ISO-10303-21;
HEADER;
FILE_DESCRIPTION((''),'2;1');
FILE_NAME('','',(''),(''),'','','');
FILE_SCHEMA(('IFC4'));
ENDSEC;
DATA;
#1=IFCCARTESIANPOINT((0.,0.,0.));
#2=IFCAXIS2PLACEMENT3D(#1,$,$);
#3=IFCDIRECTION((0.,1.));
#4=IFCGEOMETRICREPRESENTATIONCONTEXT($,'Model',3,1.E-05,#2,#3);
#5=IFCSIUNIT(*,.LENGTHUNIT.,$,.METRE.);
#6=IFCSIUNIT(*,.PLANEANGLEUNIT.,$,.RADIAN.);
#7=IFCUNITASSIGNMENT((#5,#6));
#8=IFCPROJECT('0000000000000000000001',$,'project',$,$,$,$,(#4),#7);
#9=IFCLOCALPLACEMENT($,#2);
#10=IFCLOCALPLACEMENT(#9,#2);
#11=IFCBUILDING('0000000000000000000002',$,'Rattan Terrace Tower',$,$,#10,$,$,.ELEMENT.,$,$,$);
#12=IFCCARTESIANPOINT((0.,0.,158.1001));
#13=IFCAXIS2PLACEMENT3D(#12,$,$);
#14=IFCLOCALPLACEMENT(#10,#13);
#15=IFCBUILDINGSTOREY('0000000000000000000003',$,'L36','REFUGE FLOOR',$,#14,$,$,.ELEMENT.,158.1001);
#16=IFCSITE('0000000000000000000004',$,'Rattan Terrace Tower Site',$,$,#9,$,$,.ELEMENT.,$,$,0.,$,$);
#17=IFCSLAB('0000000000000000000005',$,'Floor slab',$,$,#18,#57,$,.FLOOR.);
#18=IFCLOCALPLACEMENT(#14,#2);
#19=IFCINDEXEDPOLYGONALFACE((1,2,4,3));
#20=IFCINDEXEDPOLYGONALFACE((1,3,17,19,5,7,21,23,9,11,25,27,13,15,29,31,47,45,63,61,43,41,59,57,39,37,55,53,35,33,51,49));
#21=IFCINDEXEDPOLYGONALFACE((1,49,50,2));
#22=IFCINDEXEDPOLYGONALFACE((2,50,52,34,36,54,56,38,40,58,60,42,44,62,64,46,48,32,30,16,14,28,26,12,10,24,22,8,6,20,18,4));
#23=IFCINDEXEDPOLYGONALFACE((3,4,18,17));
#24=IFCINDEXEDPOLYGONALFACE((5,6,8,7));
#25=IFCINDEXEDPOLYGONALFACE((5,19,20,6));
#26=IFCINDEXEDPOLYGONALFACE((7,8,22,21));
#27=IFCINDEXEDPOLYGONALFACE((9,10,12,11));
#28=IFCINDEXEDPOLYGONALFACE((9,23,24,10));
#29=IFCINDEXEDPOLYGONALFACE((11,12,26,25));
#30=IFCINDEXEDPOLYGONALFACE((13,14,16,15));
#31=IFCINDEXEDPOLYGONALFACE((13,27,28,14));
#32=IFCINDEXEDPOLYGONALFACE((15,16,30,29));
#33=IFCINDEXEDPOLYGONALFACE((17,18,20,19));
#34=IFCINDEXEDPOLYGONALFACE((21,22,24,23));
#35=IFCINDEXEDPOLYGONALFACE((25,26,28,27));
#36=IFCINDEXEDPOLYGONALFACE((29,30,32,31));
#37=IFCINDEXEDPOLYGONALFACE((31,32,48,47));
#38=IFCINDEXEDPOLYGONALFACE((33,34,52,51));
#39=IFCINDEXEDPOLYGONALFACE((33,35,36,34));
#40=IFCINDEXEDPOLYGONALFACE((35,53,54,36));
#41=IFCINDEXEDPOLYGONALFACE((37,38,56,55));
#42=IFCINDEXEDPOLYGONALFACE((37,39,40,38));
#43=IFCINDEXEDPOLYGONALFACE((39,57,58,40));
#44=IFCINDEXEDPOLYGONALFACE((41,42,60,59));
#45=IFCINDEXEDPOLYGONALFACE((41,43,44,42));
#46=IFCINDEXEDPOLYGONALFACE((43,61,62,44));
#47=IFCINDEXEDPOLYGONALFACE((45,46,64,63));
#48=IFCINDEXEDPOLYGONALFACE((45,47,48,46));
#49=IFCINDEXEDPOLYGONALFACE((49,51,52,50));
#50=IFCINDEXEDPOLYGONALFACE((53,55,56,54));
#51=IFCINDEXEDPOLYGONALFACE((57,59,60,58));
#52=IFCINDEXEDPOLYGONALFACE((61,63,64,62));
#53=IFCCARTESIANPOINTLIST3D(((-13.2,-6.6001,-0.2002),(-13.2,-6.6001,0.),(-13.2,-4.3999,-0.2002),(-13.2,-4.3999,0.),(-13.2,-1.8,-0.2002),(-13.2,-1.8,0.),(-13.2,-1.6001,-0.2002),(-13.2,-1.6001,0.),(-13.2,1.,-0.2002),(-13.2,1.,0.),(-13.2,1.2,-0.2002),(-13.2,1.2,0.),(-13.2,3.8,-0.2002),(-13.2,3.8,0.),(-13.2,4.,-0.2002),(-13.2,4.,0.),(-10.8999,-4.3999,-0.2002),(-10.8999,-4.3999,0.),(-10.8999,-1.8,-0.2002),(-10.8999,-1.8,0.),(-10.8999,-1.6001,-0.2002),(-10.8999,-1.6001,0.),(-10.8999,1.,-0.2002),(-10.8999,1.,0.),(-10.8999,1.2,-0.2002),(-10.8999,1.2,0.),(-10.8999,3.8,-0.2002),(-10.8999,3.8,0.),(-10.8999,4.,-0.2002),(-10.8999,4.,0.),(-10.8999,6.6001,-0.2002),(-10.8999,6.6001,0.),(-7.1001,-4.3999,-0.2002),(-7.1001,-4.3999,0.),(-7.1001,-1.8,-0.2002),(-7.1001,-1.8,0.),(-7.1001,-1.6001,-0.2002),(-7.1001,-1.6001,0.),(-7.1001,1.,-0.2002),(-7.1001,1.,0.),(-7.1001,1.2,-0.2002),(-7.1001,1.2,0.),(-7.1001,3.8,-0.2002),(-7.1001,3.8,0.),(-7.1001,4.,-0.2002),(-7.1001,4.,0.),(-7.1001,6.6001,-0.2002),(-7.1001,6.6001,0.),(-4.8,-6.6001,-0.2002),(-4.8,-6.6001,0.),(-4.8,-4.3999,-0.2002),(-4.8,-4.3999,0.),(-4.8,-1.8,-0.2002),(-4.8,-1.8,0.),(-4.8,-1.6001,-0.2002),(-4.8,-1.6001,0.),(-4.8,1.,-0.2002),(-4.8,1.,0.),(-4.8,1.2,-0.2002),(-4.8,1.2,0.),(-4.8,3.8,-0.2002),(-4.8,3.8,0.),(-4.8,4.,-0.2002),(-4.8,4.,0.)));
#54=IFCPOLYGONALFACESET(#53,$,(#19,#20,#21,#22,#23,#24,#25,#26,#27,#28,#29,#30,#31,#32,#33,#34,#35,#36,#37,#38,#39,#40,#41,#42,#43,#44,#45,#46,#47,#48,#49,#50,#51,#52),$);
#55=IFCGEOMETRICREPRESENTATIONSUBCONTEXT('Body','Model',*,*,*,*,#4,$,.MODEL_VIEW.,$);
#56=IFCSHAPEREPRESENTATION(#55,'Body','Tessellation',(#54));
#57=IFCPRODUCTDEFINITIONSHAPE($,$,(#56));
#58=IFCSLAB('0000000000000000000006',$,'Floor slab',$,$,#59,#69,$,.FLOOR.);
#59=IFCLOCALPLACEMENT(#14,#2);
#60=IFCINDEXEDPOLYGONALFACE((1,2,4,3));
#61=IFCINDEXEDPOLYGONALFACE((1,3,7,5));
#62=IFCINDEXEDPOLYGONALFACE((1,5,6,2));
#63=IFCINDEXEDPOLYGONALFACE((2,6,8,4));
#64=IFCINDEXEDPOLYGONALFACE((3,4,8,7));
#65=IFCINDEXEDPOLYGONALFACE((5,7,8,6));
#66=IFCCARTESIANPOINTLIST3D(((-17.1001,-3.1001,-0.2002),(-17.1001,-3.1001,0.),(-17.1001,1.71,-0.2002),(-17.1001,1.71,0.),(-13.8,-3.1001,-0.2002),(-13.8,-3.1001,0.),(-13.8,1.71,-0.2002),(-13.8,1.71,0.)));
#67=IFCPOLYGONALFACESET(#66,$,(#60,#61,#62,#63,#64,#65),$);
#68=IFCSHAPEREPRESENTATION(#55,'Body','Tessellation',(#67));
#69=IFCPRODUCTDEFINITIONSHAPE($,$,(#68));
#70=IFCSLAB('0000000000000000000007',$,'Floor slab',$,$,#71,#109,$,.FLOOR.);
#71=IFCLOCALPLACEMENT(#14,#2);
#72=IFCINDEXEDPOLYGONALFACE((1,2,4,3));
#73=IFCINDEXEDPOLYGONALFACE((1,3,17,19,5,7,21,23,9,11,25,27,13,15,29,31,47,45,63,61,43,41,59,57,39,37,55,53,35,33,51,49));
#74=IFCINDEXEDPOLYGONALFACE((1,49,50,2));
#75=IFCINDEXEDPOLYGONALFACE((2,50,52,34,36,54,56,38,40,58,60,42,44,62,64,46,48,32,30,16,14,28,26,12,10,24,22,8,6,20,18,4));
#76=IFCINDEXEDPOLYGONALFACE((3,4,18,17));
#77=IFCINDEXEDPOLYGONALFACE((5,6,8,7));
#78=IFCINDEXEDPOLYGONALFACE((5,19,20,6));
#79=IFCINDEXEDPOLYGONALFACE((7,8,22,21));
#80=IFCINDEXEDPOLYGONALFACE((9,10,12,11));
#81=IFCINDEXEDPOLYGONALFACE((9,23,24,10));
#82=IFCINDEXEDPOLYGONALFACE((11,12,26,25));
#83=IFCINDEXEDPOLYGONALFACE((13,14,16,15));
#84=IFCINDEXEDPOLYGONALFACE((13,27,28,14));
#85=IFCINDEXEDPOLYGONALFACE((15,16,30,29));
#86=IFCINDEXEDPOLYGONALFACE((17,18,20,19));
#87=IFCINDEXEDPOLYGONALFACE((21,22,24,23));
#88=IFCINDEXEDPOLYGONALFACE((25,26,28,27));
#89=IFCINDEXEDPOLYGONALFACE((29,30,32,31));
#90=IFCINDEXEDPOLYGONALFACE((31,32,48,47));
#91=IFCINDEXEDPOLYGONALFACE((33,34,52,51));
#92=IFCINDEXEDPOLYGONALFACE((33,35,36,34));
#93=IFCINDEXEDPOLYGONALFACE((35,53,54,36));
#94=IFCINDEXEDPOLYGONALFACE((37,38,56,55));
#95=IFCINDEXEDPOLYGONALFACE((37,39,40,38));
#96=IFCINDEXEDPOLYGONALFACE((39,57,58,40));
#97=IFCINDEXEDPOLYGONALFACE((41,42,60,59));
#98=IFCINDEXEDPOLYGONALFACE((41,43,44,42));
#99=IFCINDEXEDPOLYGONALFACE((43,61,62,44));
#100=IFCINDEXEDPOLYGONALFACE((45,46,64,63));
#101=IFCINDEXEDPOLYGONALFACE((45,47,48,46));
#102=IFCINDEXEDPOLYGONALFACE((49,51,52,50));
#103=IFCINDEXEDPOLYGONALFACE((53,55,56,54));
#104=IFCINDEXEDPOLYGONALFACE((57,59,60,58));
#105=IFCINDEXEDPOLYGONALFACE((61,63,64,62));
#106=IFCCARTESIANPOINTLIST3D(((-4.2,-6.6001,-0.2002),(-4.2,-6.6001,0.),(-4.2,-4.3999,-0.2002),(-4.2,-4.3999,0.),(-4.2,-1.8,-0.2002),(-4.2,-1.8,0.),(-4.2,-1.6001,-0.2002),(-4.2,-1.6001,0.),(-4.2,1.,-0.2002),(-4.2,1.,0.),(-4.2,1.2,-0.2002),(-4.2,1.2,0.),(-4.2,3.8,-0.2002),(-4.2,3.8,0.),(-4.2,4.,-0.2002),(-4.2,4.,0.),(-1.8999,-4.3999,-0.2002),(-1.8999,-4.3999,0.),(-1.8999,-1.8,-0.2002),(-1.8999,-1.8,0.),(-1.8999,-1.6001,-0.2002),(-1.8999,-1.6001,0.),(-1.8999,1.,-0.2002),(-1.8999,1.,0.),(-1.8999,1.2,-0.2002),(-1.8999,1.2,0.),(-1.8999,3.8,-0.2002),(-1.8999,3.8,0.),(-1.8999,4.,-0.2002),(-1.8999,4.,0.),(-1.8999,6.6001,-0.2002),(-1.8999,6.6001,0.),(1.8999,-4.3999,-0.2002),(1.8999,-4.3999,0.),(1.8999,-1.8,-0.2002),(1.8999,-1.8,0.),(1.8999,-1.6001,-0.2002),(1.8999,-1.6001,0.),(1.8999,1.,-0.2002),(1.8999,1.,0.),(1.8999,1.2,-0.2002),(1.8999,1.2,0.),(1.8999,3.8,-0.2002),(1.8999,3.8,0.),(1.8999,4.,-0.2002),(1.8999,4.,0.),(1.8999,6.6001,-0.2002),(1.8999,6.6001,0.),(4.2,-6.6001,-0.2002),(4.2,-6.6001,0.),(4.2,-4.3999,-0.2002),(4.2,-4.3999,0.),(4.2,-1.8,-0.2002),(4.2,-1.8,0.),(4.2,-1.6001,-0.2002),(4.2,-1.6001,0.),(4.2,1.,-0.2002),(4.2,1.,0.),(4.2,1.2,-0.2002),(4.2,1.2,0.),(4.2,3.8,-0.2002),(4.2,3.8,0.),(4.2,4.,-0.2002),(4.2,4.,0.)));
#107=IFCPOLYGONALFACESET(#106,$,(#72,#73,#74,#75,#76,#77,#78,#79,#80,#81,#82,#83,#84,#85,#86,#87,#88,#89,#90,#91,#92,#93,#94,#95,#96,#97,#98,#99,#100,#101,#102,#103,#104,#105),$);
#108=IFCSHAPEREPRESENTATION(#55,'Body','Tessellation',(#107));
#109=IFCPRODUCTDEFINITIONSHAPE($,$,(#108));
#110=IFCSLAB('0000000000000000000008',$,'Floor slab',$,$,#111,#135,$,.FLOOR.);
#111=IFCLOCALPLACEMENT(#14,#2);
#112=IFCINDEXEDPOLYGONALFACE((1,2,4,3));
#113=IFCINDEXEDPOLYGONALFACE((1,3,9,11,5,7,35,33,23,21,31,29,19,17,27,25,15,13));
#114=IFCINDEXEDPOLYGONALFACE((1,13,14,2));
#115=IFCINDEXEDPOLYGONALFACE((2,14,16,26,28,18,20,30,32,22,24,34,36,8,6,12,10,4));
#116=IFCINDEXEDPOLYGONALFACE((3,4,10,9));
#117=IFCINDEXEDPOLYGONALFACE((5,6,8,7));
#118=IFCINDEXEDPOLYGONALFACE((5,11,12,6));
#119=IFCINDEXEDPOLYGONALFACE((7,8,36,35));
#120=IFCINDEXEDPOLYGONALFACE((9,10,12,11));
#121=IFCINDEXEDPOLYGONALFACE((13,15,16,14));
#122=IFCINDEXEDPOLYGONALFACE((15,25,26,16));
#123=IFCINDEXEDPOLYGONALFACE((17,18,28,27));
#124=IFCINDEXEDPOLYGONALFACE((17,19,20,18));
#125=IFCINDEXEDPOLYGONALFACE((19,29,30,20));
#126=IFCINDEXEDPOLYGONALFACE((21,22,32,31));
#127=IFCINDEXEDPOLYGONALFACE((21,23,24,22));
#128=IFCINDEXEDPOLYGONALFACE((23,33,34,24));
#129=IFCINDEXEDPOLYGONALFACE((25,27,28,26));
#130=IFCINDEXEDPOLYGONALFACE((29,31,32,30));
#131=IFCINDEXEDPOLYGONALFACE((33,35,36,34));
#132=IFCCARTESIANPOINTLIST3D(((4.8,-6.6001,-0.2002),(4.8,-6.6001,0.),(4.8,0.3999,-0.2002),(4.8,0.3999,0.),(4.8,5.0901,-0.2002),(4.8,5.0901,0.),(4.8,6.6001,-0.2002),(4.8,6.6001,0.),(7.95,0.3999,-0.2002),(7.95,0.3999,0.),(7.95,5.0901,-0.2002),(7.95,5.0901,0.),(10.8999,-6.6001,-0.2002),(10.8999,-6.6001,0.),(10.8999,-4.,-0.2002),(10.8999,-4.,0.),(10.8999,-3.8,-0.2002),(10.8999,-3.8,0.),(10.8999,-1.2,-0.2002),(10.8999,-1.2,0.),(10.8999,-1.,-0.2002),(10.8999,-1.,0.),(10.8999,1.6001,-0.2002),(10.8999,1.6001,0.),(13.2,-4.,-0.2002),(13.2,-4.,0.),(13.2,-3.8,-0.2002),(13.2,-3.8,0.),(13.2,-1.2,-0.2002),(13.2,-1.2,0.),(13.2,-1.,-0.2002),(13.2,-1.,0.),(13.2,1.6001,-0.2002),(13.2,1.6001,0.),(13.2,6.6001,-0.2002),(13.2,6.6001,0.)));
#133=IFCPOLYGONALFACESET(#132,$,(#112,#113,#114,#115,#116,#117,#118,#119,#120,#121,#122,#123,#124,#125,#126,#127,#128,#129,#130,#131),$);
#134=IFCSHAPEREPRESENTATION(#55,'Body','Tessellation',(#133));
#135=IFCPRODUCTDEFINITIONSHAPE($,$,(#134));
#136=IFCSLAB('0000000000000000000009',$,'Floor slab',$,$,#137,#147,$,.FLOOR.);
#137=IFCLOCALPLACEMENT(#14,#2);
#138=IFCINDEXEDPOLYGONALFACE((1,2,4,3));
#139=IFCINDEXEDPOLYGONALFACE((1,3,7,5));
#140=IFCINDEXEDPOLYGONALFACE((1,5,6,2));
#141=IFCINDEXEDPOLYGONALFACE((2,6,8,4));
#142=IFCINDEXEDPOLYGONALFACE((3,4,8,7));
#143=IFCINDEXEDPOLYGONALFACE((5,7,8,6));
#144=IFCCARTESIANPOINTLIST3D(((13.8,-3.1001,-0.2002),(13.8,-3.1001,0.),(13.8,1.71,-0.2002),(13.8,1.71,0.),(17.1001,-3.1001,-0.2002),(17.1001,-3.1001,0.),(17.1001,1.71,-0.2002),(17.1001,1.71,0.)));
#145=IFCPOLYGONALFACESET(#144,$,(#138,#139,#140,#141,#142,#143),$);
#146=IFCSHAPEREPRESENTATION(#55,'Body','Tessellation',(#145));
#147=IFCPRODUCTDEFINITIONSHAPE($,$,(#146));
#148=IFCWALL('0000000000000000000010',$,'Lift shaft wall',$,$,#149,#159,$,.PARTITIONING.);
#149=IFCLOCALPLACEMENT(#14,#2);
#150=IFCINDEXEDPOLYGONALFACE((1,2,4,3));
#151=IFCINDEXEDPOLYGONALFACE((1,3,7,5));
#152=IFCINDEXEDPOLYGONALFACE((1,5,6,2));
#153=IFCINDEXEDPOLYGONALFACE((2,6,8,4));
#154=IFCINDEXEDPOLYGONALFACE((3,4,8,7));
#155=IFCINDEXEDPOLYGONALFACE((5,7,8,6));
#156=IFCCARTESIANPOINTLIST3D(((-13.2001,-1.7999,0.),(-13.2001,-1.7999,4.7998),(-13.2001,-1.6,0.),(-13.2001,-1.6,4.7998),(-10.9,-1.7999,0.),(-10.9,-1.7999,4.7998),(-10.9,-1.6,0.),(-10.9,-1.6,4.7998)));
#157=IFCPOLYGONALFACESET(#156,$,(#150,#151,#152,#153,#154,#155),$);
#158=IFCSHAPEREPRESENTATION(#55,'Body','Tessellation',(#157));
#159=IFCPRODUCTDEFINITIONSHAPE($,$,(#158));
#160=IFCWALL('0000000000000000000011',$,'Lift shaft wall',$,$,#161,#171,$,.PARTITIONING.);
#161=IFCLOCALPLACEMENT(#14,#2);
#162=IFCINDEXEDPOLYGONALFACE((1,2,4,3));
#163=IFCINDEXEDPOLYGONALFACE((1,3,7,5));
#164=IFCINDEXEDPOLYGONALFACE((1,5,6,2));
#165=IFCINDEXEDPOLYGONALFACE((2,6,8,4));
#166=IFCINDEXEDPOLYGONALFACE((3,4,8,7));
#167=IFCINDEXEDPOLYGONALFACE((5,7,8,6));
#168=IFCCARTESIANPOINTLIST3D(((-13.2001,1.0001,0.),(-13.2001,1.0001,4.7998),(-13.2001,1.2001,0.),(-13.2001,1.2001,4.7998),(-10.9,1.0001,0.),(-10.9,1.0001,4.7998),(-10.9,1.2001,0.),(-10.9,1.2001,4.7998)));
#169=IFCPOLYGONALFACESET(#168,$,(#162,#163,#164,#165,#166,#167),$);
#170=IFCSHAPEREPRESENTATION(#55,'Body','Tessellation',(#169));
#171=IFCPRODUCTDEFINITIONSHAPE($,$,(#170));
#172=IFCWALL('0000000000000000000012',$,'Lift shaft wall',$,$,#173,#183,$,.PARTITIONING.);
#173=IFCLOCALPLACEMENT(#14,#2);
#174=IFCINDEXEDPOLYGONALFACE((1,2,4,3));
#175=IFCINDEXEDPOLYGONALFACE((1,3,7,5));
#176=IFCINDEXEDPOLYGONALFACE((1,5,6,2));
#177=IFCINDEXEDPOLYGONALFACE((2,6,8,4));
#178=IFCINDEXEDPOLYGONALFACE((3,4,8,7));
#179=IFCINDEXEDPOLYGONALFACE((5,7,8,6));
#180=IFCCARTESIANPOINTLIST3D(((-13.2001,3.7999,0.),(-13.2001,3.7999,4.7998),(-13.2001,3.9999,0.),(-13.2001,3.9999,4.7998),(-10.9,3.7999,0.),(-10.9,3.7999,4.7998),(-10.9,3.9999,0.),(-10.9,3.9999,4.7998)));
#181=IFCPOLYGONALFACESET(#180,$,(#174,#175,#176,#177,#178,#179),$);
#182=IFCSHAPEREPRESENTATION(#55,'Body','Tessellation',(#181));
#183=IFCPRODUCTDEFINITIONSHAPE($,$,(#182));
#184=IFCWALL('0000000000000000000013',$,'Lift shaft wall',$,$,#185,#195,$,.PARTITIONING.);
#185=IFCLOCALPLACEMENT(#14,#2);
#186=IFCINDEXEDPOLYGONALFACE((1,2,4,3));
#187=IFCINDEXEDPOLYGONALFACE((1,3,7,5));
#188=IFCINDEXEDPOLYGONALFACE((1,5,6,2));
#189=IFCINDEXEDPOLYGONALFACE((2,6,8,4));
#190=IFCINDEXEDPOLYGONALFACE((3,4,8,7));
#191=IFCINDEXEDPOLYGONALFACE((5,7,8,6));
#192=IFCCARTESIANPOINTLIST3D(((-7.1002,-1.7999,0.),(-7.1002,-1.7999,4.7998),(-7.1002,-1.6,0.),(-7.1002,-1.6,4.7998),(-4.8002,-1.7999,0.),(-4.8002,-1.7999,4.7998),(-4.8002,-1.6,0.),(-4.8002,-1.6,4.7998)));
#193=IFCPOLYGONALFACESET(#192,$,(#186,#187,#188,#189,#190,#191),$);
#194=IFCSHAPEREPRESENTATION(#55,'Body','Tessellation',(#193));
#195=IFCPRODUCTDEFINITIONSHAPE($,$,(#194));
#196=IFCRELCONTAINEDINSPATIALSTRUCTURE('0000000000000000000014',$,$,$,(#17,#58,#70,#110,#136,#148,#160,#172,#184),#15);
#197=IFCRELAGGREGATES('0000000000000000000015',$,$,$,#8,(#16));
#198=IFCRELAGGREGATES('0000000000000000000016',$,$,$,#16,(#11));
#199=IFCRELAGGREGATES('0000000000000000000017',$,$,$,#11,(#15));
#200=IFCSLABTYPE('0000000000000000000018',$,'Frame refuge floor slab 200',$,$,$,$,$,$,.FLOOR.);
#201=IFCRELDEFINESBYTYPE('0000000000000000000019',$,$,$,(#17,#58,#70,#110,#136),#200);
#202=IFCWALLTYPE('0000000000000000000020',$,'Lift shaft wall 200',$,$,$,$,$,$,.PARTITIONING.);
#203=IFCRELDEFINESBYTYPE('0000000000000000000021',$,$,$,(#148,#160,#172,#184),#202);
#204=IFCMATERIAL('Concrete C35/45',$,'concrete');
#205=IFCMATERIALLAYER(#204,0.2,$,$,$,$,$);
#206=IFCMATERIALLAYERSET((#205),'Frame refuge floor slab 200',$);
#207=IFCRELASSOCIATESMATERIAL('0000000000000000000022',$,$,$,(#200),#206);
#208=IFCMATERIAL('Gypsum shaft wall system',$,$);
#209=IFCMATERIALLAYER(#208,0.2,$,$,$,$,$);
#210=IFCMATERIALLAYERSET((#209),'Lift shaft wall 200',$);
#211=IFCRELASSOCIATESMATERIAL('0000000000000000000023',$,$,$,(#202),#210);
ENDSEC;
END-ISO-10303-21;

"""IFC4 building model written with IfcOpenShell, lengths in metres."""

from ifc_helpers import new_model, si_unit, direction, frame, frame_2d, origin, place, context, subcontext, project, spatial, polyline, rectangle, outline, extrude, material, layer, layer_set, type_object, element, save


model = new_model("IFC4")

# Units and contexts
model_context = context("Model", 3, precision=1e-05, world=origin(), true_north=direction((0.0, 1.0)))
body_context = subcontext(model_context, "Body", "Model", "MODEL_VIEW")
ifc_project = project(units=[si_unit("LENGTHUNIT", "METRE"), si_unit("PLANEANGLEUNIT", "RADIAN")], contexts=[model_context])

# Site, building, storey
site_placement = place(None, origin())
site = spatial("IfcSite", under=ifc_project, at=site_placement, Name="Rattan Terrace Tower Site", CompositionType="ELEMENT", RefElevation=0.0)
building_placement = place(site_placement, origin())
building = spatial("IfcBuilding", under=site, at=building_placement, Name="Rattan Terrace Tower", CompositionType="ELEMENT")
storey_placement = place(building_placement, frame((0.0, 0.0, 158.1001)))
storey = spatial("IfcBuildingStorey", under=building, at=storey_placement, Name="L36", Description="REFUGE FLOOR", CompositionType="ELEMENT", Elevation=158.1001)

# Slabs
ifc_material_1 = material(Name="Concrete C35/45", Category="concrete")
ifc_layer_1 = layer(ifc_material_1, 0.2)
ifc_layer_set_1 = layer_set([ifc_layer_1], Name="Frame refuge floor slab 200")
slab_type = type_object("IfcSlabType", Name="Frame refuge floor slab 200", PredefinedType="FLOOR", material=ifc_layer_set_1)
slab_1_placement = place(storey_placement, frame((0.0, 0.0, -0.2002)))
element("IfcSlab", 1, at=slab_1_placement, inside=storey, type_object=slab_type, Name="Floor slab", PredefinedType="FLOOR", context=body_context, shape_type="SweptSolid", body=[
    extrude(outline(polyline([(-10.8999, 6.6001), (-10.8999, 4.0), (-13.2, 4.0), (-13.2, 3.8), (-10.8999, 3.8), (-10.8999, 1.2), (-13.2, 1.2), (-13.2, 1.0), (-10.8999, 1.0), (-10.8999, -1.6001), (-13.2, -1.6001), (-13.2, -1.8), (-10.8999, -1.8), (-10.8999, -4.3999), (-13.2, -4.3999), (-13.2, -6.6001), (-4.8, -6.6001), (-4.8, -4.3999), (-7.1001, -4.3999), (-7.1001, -1.8), (-4.8, -1.8), (-4.8, -1.6001), (-7.1001, -1.6001), (-7.1001, 1.0), (-4.8, 1.0), (-4.8, 1.2), (-7.1001, 1.2), (-7.1001, 3.8), (-4.8, 3.8), (-4.8, 4.0), (-7.1001, 4.0), (-7.1001, 6.6001), (-10.8999, 6.6001)])), origin(), (0.0, 0.0, 1.0), 0.2002),
])
slab_2_placement = place(storey_placement, frame((0.0, 0.0, -0.2002)))
element("IfcSlab", 2, at=slab_2_placement, inside=storey, type_object=slab_type, Name="Floor slab", PredefinedType="FLOOR", context=body_context, shape_type="SweptSolid", body=[
    extrude(outline(polyline([(-17.1001, -3.1001), (-13.8, -3.1001), (-13.8, 1.71), (-17.1001, 1.71), (-17.1001, -3.1001)])), origin(), (0.0, 0.0, 1.0), 0.2002),
])
slab_3_placement = place(storey_placement, frame((0.0, 0.0, -0.2002)))
element("IfcSlab", 3, at=slab_3_placement, inside=storey, type_object=slab_type, Name="Floor slab", PredefinedType="FLOOR", context=body_context, shape_type="SweptSolid", body=[
    extrude(outline(polyline([(-4.2, 4.0), (-4.2, 3.8), (-1.8999, 3.8), (-1.8999, 1.2), (-4.2, 1.2), (-4.2, 1.0), (-1.8999, 1.0), (-1.8999, -1.6001), (-4.2, -1.6001), (-4.2, -1.8), (-1.8999, -1.8), (-1.8999, -4.3999), (-4.2, -4.3999), (-4.2, -6.6001), (4.2, -6.6001), (4.2, -4.3999), (1.8999, -4.3999), (1.8999, -1.8), (4.2, -1.8), (4.2, -1.6001), (1.8999, -1.6001), (1.8999, 1.0), (4.2, 1.0), (4.2, 1.2), (1.8999, 1.2), (1.8999, 3.8), (4.2, 3.8), (4.2, 4.0), (1.8999, 4.0), (1.8999, 6.6001), (-1.8999, 6.6001), (-1.8999, 4.0), (-4.2, 4.0)])), origin(), (0.0, 0.0, 1.0), 0.2002),
])
slab_4_placement = place(storey_placement, frame((0.0, 0.0, -0.2002)))
element("IfcSlab", 4, at=slab_4_placement, inside=storey, type_object=slab_type, Name="Floor slab", PredefinedType="FLOOR", context=body_context, shape_type="SweptSolid", body=[
    extrude(outline(polyline([(4.8, 5.0901), (7.95, 5.0901), (7.95, 0.3999), (4.8, 0.3999), (4.8, -6.6001), (10.8999, -6.6001), (10.8999, -4.0), (13.2, -4.0), (13.2, -3.8), (10.8999, -3.8), (10.8999, -1.2), (13.2, -1.2), (13.2, -1.0), (10.8999, -1.0), (10.8999, 1.6001), (13.2, 1.6001), (13.2, 6.6001), (4.8, 6.6001), (4.8, 5.0901)])), origin(), (0.0, 0.0, 1.0), 0.2002),
])
slab_5_placement = place(storey_placement, frame((0.0, 0.0, -0.2002)))
element("IfcSlab", 5, at=slab_5_placement, inside=storey, type_object=slab_type, Name="Floor slab", PredefinedType="FLOOR", context=body_context, shape_type="SweptSolid", body=[
    extrude(outline(polyline([(13.8, -3.1001), (17.1001, -3.1001), (17.1001, 1.71), (13.8, 1.71), (13.8, -3.1001)])), origin(), (0.0, 0.0, 1.0), 0.2002),
])

# Walls
ifc_material_2 = material(Name="Gypsum shaft wall system")
ifc_layer_2 = layer(ifc_material_2, 0.2)
ifc_layer_set_2 = layer_set([ifc_layer_2], Name="Lift shaft wall 200")
wall_type = type_object("IfcWallType", Name="Lift shaft wall 200", PredefinedType="PARTITIONING", material=ifc_layer_set_2)
for number, where, z_axis, x_axis, name in (
    (6, (-13.2, -1.7, 0.0), (0.0, 0.0, 1.0), (1.0, 0.0, 0.0), "Lift shaft wall"),
    (7, (-13.2, 1.1001, 0.0), (0.0, 0.0, 1.0), (1.0, 0.0, 0.0), "Lift shaft wall"),
    (8, (-13.2, 3.8999, 0.0), (0.0, 0.0, 1.0), (1.0, 0.0, 0.0), "Lift shaft wall"),
    (9, (-7.1001, -1.7, 0.0), (0.0, 0.0, 1.0), (1.0, 0.0, 0.0), "Lift shaft wall"),
):
    element("IfcWall", number, at=place(storey_placement, frame(where, z_axis=z_axis, x_axis=x_axis)), inside=storey, type_object=wall_type, Name=name, PredefinedType="PARTITIONING", context=body_context, shape_type="SweptSolid", body=[
        extrude(rectangle(XDim=2.3, YDim=0.2, at=frame_2d((1.1499, 0.0))), origin(), (0.0, 0.0, 1.0), 4.7998),
    ])

save(model, "model.ifc")
